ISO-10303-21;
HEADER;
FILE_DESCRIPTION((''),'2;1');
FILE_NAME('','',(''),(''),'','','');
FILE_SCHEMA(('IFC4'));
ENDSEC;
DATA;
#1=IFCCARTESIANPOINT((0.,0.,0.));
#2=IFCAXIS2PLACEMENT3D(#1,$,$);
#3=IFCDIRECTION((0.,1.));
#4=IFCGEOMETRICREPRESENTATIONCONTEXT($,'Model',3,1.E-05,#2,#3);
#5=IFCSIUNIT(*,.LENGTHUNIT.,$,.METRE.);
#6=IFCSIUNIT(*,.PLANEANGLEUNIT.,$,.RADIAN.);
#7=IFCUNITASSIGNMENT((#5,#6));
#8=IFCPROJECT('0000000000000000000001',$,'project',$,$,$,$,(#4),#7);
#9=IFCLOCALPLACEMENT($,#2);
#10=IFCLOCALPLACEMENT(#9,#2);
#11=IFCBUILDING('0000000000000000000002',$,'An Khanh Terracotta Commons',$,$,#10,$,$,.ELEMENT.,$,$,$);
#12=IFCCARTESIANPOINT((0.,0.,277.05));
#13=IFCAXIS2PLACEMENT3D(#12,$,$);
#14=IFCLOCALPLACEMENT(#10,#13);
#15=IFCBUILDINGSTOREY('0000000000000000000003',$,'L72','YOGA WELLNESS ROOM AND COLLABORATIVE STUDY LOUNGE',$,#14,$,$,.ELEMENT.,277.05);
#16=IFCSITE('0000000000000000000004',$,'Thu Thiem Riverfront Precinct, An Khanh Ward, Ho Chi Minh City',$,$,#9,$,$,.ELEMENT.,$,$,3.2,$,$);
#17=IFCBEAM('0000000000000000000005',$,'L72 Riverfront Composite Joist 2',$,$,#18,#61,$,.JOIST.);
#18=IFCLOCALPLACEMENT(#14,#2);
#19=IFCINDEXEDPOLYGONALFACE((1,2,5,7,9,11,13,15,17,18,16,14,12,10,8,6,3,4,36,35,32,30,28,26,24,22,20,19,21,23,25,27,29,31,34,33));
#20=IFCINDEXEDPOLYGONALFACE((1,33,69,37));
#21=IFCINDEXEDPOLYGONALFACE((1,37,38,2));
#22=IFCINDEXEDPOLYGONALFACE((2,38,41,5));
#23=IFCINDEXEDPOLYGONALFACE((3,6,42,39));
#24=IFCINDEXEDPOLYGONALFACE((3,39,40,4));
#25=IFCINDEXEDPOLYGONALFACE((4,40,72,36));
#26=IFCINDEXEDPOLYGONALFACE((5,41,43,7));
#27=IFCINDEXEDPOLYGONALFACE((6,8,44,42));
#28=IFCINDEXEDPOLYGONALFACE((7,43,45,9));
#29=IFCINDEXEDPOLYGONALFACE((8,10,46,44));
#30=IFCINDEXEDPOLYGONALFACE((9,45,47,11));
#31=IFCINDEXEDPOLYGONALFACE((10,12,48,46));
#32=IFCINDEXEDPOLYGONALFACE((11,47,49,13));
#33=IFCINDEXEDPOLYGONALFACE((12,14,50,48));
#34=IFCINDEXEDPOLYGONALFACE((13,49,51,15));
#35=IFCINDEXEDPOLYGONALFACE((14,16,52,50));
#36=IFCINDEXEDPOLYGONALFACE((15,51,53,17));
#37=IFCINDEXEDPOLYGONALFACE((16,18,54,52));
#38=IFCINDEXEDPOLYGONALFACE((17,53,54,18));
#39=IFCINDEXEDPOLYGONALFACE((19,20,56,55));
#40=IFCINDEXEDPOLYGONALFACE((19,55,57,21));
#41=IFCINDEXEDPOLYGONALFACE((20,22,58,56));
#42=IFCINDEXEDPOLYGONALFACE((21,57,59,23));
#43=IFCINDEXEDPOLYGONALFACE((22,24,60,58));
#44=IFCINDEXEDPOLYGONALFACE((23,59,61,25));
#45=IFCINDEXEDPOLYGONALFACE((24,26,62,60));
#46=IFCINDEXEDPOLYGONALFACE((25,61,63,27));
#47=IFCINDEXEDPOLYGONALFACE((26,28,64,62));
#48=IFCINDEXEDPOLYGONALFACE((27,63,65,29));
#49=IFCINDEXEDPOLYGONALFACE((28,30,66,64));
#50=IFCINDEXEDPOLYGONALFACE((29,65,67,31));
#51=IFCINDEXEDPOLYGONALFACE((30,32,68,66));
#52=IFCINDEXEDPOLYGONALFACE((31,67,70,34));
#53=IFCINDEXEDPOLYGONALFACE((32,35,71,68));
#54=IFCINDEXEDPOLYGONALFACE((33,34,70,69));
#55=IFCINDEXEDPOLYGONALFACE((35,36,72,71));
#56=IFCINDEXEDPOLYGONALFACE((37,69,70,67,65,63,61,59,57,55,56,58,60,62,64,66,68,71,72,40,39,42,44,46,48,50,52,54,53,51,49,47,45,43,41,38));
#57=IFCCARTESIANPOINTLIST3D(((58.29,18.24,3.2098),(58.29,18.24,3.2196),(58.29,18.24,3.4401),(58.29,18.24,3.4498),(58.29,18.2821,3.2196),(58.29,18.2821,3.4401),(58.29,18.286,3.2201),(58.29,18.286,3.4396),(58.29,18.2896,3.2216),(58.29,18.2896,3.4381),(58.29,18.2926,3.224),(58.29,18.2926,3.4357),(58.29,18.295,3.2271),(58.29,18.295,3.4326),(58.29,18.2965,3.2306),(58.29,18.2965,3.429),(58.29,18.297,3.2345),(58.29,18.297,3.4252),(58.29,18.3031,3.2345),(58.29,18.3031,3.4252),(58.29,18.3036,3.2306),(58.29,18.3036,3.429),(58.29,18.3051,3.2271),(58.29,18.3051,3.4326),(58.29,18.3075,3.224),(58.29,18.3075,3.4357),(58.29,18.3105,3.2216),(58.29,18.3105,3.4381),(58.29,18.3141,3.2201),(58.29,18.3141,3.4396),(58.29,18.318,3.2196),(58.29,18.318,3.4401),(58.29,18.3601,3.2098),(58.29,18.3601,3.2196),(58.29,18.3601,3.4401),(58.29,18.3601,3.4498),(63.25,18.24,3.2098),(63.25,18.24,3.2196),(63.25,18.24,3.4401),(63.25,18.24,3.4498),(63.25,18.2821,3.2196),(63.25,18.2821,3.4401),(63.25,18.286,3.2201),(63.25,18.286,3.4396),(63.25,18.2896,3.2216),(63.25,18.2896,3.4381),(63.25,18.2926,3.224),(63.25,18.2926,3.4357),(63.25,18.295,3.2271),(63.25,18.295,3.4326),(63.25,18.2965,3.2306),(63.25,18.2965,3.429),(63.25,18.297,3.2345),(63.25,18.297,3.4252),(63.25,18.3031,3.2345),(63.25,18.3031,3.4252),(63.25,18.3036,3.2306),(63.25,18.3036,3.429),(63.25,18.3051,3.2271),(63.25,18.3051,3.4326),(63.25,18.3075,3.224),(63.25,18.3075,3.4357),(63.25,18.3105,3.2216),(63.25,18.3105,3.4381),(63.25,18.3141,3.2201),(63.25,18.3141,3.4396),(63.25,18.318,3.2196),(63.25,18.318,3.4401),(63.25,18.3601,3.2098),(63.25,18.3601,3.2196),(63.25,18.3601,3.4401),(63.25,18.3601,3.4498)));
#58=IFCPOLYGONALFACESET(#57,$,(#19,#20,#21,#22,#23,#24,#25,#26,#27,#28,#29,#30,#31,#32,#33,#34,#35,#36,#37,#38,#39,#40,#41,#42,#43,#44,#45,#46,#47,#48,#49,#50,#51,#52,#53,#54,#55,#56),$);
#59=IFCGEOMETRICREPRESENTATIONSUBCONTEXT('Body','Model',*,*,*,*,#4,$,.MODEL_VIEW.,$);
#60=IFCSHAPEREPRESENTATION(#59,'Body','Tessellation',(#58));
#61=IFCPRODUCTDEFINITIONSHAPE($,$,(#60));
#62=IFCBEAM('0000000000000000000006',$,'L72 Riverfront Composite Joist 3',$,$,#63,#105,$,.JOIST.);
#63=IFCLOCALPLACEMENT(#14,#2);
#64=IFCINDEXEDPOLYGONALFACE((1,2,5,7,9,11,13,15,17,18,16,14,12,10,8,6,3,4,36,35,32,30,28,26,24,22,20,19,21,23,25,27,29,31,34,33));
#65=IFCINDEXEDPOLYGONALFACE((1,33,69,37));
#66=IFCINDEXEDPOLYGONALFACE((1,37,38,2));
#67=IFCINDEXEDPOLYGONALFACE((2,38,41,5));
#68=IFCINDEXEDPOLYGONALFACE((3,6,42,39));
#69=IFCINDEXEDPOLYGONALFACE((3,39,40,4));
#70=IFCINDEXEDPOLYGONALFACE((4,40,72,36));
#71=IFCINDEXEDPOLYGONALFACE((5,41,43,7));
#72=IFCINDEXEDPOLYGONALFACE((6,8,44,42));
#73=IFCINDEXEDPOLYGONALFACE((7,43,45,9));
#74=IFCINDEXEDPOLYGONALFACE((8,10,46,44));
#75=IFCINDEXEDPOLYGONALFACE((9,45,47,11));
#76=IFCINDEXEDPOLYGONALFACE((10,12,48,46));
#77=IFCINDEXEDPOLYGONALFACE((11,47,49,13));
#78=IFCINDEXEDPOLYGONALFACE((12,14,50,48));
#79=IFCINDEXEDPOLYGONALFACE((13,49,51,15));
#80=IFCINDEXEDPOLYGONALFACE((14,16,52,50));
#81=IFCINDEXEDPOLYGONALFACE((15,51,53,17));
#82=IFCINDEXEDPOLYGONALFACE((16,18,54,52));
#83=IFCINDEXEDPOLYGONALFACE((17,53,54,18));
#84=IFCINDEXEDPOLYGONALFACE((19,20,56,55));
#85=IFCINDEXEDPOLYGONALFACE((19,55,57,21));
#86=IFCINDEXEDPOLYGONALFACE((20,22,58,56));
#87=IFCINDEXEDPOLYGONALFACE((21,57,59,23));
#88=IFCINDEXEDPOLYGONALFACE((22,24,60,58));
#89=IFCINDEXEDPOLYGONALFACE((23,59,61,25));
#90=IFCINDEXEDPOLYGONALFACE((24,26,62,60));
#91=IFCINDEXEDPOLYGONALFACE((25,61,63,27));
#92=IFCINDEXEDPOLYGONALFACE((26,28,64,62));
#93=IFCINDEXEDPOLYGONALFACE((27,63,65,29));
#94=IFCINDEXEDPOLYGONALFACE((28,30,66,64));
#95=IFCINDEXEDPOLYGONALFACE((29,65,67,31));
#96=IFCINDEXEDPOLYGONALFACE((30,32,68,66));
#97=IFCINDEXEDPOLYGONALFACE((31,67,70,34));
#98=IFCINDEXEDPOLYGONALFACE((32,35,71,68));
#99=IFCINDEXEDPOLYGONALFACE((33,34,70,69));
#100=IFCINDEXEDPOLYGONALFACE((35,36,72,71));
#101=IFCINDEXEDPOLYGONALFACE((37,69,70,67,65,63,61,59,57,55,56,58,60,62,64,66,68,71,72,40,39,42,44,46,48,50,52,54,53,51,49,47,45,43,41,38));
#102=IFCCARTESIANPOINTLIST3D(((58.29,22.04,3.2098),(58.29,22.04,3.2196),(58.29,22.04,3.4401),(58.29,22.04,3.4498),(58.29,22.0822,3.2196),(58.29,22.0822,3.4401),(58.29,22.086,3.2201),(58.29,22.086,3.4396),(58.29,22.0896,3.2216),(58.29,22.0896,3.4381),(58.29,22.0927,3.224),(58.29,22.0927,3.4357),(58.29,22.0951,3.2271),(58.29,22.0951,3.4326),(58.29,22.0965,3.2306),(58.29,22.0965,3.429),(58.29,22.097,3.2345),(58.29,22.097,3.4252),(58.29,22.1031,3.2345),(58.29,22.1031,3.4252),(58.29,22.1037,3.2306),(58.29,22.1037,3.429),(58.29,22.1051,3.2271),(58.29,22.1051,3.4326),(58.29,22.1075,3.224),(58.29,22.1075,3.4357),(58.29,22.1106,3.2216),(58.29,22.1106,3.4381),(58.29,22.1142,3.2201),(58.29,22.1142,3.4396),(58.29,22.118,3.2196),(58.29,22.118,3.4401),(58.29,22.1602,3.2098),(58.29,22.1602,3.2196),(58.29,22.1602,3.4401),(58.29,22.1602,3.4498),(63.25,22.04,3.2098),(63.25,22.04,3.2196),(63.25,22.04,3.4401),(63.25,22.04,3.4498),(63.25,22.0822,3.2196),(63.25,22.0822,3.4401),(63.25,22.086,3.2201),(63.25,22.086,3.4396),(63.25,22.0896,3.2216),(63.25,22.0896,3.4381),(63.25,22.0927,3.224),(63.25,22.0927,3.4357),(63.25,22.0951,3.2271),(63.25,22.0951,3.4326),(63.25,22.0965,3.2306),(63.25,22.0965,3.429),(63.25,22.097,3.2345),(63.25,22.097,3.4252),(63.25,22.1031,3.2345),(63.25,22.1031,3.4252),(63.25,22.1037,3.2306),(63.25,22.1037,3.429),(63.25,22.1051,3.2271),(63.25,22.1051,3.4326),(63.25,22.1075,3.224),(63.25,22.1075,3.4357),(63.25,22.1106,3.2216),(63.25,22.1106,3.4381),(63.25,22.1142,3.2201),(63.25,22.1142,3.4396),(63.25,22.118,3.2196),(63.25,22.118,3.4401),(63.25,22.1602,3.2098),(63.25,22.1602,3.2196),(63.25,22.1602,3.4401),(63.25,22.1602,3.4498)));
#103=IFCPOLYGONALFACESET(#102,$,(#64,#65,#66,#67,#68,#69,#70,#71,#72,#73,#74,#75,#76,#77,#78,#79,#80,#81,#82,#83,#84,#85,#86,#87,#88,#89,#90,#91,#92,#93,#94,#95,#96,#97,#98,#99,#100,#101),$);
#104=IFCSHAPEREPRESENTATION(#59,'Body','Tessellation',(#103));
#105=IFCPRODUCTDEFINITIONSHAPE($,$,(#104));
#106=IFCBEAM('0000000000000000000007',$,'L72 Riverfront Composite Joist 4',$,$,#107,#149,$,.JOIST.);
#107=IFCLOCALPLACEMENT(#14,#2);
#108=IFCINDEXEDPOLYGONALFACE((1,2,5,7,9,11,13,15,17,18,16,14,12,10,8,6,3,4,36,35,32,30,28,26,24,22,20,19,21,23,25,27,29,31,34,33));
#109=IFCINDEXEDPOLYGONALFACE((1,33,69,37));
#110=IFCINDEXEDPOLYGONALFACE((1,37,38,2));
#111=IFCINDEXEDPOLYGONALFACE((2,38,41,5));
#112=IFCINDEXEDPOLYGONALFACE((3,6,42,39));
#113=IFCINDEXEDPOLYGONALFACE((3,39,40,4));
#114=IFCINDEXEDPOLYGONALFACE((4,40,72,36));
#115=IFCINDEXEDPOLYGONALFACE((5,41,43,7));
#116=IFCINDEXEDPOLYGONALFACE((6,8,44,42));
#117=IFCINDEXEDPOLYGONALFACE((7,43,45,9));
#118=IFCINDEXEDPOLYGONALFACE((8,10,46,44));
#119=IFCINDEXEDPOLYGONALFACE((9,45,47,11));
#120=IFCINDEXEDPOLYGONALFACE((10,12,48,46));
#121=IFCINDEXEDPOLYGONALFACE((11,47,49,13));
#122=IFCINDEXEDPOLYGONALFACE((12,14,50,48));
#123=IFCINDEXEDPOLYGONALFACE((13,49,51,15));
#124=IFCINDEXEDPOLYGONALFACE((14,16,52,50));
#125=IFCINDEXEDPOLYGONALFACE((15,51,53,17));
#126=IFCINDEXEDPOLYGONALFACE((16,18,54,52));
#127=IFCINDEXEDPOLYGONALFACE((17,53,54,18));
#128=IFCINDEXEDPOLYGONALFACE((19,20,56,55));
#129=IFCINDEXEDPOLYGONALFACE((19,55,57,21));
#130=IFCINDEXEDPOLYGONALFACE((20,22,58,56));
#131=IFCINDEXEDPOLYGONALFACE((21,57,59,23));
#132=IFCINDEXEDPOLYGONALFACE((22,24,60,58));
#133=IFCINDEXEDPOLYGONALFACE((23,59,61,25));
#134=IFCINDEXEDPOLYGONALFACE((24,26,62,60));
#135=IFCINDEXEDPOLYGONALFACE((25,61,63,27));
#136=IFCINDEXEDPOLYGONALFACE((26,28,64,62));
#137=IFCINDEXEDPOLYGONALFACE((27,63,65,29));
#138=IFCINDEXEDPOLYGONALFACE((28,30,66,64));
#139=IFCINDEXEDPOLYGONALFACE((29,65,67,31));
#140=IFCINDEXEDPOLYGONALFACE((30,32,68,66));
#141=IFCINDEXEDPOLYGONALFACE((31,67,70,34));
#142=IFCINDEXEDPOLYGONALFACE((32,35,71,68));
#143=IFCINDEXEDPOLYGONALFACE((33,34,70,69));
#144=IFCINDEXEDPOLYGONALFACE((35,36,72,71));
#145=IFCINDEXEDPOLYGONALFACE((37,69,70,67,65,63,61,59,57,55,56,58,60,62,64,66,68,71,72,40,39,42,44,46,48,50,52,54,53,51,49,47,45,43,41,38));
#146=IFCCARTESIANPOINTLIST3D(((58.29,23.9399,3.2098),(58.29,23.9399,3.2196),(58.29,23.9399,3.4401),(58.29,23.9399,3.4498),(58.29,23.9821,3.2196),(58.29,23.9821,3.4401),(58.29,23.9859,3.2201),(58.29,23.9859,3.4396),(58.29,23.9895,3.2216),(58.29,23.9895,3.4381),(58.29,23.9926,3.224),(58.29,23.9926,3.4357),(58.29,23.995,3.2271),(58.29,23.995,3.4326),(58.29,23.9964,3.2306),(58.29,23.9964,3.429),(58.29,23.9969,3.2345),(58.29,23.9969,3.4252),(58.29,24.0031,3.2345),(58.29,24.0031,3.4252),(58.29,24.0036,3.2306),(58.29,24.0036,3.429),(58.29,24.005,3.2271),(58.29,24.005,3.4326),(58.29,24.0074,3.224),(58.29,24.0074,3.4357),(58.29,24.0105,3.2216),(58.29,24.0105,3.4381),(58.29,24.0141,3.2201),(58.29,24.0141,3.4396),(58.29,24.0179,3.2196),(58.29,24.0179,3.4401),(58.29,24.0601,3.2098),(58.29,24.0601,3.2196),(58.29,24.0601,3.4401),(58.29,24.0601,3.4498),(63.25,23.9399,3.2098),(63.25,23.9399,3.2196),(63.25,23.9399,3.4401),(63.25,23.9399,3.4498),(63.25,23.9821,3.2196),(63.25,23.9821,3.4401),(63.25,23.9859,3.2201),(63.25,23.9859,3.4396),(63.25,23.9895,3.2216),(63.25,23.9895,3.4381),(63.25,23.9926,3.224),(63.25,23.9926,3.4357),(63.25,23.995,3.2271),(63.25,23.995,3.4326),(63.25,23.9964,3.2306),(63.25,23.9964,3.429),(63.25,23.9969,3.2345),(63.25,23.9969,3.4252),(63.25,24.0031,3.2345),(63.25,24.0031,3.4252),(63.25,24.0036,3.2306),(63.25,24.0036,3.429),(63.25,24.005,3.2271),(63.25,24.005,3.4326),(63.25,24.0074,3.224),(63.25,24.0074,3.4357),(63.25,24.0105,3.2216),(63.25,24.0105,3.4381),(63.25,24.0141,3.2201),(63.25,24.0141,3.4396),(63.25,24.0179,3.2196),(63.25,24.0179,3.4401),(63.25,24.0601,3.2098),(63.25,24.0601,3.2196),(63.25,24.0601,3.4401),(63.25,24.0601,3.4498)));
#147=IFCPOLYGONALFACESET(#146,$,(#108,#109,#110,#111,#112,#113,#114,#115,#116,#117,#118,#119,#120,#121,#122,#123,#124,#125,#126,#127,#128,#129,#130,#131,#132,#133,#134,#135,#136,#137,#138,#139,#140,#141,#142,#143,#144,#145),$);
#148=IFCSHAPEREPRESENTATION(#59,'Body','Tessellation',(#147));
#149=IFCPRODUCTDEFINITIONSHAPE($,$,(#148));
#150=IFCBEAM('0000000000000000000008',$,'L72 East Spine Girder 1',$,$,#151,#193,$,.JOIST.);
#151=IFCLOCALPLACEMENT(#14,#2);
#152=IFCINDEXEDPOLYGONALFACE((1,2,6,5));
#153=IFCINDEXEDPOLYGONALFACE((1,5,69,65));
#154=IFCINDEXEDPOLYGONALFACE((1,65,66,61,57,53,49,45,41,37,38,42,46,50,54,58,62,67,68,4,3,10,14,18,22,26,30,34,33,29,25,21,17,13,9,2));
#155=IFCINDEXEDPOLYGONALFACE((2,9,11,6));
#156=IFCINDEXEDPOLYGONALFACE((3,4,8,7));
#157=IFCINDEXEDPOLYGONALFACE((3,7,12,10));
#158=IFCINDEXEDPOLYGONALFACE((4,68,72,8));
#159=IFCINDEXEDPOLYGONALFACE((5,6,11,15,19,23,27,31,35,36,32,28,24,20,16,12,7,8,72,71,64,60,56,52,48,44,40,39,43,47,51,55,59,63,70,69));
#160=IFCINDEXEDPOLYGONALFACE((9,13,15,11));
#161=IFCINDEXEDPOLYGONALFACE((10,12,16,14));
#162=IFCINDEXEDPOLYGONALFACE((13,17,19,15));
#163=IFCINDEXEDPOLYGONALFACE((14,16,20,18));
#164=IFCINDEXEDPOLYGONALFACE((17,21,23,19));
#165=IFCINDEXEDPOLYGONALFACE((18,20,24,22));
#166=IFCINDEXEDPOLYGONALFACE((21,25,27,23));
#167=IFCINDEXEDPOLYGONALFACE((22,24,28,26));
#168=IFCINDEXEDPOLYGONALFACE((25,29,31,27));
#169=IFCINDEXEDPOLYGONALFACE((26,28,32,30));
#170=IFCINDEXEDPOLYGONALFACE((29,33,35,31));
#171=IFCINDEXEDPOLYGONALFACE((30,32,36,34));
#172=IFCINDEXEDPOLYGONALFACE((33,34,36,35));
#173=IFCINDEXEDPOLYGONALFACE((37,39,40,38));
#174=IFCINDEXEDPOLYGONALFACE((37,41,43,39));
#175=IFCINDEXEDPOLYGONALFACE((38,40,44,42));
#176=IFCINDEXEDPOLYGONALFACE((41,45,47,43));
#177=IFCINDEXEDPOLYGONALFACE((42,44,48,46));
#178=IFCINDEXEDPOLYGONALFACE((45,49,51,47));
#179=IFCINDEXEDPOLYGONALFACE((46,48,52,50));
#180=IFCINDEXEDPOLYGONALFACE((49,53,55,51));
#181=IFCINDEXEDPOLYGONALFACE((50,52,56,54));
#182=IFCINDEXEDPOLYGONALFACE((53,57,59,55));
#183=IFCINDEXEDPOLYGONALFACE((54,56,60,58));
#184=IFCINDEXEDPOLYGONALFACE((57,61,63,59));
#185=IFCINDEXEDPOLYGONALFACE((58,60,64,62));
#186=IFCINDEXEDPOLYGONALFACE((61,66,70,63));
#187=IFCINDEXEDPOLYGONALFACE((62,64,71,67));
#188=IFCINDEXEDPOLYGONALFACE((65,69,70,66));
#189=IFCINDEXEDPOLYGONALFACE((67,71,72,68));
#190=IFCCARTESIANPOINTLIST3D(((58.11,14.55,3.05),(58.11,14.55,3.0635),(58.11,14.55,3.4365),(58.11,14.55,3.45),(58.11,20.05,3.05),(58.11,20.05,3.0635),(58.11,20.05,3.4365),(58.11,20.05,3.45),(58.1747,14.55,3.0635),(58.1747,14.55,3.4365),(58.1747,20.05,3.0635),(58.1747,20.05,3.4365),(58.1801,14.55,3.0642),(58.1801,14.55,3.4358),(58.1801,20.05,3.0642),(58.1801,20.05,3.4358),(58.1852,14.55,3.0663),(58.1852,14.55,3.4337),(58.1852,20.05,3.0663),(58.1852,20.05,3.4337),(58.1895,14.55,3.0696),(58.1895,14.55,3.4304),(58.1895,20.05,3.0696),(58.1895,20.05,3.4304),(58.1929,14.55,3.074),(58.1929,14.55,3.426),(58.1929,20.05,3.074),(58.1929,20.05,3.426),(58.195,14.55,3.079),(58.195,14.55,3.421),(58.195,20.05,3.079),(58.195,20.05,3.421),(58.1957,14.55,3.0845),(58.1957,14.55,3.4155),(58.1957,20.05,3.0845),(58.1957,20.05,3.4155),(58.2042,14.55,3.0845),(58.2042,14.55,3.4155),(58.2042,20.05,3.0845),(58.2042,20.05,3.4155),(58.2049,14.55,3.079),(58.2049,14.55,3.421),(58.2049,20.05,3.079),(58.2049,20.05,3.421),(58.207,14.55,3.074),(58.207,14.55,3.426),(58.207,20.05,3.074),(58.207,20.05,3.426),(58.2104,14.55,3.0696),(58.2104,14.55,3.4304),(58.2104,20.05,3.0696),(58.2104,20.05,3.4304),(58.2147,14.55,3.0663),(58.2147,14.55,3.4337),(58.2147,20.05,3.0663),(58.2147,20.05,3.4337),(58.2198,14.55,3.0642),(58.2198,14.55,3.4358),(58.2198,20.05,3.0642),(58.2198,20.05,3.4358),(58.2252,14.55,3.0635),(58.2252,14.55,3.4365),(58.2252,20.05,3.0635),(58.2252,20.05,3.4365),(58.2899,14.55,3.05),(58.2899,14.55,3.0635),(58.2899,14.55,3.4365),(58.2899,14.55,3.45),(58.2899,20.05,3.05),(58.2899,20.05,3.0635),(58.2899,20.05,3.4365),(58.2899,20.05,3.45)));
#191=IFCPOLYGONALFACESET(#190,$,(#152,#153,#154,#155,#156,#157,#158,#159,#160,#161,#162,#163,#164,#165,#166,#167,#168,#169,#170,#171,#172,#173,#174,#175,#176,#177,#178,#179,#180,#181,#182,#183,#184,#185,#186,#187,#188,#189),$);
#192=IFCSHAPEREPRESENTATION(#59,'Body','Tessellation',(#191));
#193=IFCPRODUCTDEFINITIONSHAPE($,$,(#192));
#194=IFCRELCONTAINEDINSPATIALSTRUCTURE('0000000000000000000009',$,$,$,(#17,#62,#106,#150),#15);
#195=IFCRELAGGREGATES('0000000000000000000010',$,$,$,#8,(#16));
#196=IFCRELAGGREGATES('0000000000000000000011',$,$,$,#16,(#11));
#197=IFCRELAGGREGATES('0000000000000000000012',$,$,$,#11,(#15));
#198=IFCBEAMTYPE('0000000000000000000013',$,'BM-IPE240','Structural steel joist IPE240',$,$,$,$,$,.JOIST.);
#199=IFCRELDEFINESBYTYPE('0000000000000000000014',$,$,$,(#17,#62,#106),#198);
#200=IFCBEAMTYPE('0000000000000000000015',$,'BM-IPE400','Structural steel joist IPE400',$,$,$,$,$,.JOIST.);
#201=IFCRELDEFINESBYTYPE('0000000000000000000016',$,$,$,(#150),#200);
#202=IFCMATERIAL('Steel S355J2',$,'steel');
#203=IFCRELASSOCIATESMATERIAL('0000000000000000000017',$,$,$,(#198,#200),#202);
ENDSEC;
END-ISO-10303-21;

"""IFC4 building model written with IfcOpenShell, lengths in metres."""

from ifc_helpers import new_model, si_unit, direction, frame, origin, origin_2d, place, context, subcontext, project, spatial, i_section, extrude, material, material_profile, profile_set, type_object, element, save


model = new_model("IFC4")

# Units and contexts
model_context = context("Model", 3, precision=1e-05, world=origin(), true_north=direction((0.0, 1.0)))
body_context = subcontext(model_context, "Body", "Model", "MODEL_VIEW")
ifc_project = project(units=[si_unit("LENGTHUNIT", "METRE"), si_unit("PLANEANGLEUNIT", "RADIAN")], contexts=[model_context])

# Site, building, storey
site_placement = place(None, origin())
site = spatial("IfcSite", under=ifc_project, at=site_placement, Name="Thu Thiem Riverfront Precinct, An Khanh Ward, Ho Chi Minh City", CompositionType="ELEMENT", RefElevation=3.2)
building_placement = place(site_placement, origin())
building = spatial("IfcBuilding", under=site, at=building_placement, Name="An Khanh Terracotta Commons", CompositionType="ELEMENT")
storey_placement = place(building_placement, frame((0.0, 0.0, 277.05)))
storey = spatial("IfcBuildingStorey", under=building, at=storey_placement, Name="L72", Description="YOGA WELLNESS ROOM AND COLLABORATIVE STUDY LOUNGE", CompositionType="ELEMENT", Elevation=277.05)

# Beams
ifc_material_1 = material(Name="Steel S355J2", Category="steel")
ifc_material_profile_1 = material_profile(ifc_material_1, i_section(OverallWidth=0.1201, OverallDepth=0.24, WebThickness=0.0061, FlangeThickness=0.0098, FilletRadius=0.0149, at=origin_2d()), Name="IPE240")
ifc_profile_set_1 = profile_set([ifc_material_profile_1], Name="Steel S355J2")
beam_type_1 = type_object("IfcBeamType", Name="BM-IPE240", Description="Structural steel joist IPE240", PredefinedType="JOIST", material=ifc_profile_set_1)
for number, where, z_axis, x_axis, name in (
    (1, (58.29, 18.3, 3.3298), (1.0, 0.0, 0.0), (0.0, 1.0, 0.0), "L72 Riverfront Composite Joist 2"),
    (2, (58.29, 22.1001, 3.3298), (1.0, 0.0, 0.0), (0.0, 1.0, 0.0), "L72 Riverfront Composite Joist 3"),
    (3, (58.29, 24.0, 3.3298), (1.0, 0.0, 0.0), (0.0, 1.0, 0.0), "L72 Riverfront Composite Joist 4"),
):
    element("IfcBeam", number, at=place(storey_placement, frame(where, z_axis=z_axis, x_axis=x_axis)), inside=storey, type_object=beam_type_1, Name=name, PredefinedType="JOIST", context=body_context, shape_type="SweptSolid", body=[
        extrude(i_section(OverallWidth=0.1201, OverallDepth=0.24, WebThickness=0.0061, FlangeThickness=0.0098, FilletRadius=0.0149, at=origin_2d()), origin(), (0.0, 0.0, 1.0), 4.96),
    ])
ifc_material_profile_2 = material_profile(ifc_material_1, i_section(OverallWidth=0.1799, OverallDepth=0.3999, WebThickness=0.0085, FlangeThickness=0.0134, FilletRadius=0.021, at=origin_2d()), Name="IPE400")
ifc_profile_set_2 = profile_set([ifc_material_profile_2], Name="Steel S355J2")
beam_type_2 = type_object("IfcBeamType", Name="BM-IPE400", Description="Structural steel joist IPE400", PredefinedType="JOIST", material=ifc_profile_set_2)
beam_1_placement = place(storey_placement, frame((58.2, 14.55, 3.25), z_axis=(0.0, 1.0, 0.0), x_axis=(-1.0, 0.0, 0.0)))
element("IfcBeam", 4, at=beam_1_placement, inside=storey, type_object=beam_type_2, Name="L72 East Spine Girder 1", PredefinedType="JOIST", context=body_context, shape_type="SweptSolid", body=[
    extrude(i_section(OverallWidth=0.1799, OverallDepth=0.3999, WebThickness=0.0085, FlangeThickness=0.0134, FilletRadius=0.021, at=origin_2d()), origin(), (0.0, 0.0, 1.0), 5.5),
])

save(model, "model.ifc")
